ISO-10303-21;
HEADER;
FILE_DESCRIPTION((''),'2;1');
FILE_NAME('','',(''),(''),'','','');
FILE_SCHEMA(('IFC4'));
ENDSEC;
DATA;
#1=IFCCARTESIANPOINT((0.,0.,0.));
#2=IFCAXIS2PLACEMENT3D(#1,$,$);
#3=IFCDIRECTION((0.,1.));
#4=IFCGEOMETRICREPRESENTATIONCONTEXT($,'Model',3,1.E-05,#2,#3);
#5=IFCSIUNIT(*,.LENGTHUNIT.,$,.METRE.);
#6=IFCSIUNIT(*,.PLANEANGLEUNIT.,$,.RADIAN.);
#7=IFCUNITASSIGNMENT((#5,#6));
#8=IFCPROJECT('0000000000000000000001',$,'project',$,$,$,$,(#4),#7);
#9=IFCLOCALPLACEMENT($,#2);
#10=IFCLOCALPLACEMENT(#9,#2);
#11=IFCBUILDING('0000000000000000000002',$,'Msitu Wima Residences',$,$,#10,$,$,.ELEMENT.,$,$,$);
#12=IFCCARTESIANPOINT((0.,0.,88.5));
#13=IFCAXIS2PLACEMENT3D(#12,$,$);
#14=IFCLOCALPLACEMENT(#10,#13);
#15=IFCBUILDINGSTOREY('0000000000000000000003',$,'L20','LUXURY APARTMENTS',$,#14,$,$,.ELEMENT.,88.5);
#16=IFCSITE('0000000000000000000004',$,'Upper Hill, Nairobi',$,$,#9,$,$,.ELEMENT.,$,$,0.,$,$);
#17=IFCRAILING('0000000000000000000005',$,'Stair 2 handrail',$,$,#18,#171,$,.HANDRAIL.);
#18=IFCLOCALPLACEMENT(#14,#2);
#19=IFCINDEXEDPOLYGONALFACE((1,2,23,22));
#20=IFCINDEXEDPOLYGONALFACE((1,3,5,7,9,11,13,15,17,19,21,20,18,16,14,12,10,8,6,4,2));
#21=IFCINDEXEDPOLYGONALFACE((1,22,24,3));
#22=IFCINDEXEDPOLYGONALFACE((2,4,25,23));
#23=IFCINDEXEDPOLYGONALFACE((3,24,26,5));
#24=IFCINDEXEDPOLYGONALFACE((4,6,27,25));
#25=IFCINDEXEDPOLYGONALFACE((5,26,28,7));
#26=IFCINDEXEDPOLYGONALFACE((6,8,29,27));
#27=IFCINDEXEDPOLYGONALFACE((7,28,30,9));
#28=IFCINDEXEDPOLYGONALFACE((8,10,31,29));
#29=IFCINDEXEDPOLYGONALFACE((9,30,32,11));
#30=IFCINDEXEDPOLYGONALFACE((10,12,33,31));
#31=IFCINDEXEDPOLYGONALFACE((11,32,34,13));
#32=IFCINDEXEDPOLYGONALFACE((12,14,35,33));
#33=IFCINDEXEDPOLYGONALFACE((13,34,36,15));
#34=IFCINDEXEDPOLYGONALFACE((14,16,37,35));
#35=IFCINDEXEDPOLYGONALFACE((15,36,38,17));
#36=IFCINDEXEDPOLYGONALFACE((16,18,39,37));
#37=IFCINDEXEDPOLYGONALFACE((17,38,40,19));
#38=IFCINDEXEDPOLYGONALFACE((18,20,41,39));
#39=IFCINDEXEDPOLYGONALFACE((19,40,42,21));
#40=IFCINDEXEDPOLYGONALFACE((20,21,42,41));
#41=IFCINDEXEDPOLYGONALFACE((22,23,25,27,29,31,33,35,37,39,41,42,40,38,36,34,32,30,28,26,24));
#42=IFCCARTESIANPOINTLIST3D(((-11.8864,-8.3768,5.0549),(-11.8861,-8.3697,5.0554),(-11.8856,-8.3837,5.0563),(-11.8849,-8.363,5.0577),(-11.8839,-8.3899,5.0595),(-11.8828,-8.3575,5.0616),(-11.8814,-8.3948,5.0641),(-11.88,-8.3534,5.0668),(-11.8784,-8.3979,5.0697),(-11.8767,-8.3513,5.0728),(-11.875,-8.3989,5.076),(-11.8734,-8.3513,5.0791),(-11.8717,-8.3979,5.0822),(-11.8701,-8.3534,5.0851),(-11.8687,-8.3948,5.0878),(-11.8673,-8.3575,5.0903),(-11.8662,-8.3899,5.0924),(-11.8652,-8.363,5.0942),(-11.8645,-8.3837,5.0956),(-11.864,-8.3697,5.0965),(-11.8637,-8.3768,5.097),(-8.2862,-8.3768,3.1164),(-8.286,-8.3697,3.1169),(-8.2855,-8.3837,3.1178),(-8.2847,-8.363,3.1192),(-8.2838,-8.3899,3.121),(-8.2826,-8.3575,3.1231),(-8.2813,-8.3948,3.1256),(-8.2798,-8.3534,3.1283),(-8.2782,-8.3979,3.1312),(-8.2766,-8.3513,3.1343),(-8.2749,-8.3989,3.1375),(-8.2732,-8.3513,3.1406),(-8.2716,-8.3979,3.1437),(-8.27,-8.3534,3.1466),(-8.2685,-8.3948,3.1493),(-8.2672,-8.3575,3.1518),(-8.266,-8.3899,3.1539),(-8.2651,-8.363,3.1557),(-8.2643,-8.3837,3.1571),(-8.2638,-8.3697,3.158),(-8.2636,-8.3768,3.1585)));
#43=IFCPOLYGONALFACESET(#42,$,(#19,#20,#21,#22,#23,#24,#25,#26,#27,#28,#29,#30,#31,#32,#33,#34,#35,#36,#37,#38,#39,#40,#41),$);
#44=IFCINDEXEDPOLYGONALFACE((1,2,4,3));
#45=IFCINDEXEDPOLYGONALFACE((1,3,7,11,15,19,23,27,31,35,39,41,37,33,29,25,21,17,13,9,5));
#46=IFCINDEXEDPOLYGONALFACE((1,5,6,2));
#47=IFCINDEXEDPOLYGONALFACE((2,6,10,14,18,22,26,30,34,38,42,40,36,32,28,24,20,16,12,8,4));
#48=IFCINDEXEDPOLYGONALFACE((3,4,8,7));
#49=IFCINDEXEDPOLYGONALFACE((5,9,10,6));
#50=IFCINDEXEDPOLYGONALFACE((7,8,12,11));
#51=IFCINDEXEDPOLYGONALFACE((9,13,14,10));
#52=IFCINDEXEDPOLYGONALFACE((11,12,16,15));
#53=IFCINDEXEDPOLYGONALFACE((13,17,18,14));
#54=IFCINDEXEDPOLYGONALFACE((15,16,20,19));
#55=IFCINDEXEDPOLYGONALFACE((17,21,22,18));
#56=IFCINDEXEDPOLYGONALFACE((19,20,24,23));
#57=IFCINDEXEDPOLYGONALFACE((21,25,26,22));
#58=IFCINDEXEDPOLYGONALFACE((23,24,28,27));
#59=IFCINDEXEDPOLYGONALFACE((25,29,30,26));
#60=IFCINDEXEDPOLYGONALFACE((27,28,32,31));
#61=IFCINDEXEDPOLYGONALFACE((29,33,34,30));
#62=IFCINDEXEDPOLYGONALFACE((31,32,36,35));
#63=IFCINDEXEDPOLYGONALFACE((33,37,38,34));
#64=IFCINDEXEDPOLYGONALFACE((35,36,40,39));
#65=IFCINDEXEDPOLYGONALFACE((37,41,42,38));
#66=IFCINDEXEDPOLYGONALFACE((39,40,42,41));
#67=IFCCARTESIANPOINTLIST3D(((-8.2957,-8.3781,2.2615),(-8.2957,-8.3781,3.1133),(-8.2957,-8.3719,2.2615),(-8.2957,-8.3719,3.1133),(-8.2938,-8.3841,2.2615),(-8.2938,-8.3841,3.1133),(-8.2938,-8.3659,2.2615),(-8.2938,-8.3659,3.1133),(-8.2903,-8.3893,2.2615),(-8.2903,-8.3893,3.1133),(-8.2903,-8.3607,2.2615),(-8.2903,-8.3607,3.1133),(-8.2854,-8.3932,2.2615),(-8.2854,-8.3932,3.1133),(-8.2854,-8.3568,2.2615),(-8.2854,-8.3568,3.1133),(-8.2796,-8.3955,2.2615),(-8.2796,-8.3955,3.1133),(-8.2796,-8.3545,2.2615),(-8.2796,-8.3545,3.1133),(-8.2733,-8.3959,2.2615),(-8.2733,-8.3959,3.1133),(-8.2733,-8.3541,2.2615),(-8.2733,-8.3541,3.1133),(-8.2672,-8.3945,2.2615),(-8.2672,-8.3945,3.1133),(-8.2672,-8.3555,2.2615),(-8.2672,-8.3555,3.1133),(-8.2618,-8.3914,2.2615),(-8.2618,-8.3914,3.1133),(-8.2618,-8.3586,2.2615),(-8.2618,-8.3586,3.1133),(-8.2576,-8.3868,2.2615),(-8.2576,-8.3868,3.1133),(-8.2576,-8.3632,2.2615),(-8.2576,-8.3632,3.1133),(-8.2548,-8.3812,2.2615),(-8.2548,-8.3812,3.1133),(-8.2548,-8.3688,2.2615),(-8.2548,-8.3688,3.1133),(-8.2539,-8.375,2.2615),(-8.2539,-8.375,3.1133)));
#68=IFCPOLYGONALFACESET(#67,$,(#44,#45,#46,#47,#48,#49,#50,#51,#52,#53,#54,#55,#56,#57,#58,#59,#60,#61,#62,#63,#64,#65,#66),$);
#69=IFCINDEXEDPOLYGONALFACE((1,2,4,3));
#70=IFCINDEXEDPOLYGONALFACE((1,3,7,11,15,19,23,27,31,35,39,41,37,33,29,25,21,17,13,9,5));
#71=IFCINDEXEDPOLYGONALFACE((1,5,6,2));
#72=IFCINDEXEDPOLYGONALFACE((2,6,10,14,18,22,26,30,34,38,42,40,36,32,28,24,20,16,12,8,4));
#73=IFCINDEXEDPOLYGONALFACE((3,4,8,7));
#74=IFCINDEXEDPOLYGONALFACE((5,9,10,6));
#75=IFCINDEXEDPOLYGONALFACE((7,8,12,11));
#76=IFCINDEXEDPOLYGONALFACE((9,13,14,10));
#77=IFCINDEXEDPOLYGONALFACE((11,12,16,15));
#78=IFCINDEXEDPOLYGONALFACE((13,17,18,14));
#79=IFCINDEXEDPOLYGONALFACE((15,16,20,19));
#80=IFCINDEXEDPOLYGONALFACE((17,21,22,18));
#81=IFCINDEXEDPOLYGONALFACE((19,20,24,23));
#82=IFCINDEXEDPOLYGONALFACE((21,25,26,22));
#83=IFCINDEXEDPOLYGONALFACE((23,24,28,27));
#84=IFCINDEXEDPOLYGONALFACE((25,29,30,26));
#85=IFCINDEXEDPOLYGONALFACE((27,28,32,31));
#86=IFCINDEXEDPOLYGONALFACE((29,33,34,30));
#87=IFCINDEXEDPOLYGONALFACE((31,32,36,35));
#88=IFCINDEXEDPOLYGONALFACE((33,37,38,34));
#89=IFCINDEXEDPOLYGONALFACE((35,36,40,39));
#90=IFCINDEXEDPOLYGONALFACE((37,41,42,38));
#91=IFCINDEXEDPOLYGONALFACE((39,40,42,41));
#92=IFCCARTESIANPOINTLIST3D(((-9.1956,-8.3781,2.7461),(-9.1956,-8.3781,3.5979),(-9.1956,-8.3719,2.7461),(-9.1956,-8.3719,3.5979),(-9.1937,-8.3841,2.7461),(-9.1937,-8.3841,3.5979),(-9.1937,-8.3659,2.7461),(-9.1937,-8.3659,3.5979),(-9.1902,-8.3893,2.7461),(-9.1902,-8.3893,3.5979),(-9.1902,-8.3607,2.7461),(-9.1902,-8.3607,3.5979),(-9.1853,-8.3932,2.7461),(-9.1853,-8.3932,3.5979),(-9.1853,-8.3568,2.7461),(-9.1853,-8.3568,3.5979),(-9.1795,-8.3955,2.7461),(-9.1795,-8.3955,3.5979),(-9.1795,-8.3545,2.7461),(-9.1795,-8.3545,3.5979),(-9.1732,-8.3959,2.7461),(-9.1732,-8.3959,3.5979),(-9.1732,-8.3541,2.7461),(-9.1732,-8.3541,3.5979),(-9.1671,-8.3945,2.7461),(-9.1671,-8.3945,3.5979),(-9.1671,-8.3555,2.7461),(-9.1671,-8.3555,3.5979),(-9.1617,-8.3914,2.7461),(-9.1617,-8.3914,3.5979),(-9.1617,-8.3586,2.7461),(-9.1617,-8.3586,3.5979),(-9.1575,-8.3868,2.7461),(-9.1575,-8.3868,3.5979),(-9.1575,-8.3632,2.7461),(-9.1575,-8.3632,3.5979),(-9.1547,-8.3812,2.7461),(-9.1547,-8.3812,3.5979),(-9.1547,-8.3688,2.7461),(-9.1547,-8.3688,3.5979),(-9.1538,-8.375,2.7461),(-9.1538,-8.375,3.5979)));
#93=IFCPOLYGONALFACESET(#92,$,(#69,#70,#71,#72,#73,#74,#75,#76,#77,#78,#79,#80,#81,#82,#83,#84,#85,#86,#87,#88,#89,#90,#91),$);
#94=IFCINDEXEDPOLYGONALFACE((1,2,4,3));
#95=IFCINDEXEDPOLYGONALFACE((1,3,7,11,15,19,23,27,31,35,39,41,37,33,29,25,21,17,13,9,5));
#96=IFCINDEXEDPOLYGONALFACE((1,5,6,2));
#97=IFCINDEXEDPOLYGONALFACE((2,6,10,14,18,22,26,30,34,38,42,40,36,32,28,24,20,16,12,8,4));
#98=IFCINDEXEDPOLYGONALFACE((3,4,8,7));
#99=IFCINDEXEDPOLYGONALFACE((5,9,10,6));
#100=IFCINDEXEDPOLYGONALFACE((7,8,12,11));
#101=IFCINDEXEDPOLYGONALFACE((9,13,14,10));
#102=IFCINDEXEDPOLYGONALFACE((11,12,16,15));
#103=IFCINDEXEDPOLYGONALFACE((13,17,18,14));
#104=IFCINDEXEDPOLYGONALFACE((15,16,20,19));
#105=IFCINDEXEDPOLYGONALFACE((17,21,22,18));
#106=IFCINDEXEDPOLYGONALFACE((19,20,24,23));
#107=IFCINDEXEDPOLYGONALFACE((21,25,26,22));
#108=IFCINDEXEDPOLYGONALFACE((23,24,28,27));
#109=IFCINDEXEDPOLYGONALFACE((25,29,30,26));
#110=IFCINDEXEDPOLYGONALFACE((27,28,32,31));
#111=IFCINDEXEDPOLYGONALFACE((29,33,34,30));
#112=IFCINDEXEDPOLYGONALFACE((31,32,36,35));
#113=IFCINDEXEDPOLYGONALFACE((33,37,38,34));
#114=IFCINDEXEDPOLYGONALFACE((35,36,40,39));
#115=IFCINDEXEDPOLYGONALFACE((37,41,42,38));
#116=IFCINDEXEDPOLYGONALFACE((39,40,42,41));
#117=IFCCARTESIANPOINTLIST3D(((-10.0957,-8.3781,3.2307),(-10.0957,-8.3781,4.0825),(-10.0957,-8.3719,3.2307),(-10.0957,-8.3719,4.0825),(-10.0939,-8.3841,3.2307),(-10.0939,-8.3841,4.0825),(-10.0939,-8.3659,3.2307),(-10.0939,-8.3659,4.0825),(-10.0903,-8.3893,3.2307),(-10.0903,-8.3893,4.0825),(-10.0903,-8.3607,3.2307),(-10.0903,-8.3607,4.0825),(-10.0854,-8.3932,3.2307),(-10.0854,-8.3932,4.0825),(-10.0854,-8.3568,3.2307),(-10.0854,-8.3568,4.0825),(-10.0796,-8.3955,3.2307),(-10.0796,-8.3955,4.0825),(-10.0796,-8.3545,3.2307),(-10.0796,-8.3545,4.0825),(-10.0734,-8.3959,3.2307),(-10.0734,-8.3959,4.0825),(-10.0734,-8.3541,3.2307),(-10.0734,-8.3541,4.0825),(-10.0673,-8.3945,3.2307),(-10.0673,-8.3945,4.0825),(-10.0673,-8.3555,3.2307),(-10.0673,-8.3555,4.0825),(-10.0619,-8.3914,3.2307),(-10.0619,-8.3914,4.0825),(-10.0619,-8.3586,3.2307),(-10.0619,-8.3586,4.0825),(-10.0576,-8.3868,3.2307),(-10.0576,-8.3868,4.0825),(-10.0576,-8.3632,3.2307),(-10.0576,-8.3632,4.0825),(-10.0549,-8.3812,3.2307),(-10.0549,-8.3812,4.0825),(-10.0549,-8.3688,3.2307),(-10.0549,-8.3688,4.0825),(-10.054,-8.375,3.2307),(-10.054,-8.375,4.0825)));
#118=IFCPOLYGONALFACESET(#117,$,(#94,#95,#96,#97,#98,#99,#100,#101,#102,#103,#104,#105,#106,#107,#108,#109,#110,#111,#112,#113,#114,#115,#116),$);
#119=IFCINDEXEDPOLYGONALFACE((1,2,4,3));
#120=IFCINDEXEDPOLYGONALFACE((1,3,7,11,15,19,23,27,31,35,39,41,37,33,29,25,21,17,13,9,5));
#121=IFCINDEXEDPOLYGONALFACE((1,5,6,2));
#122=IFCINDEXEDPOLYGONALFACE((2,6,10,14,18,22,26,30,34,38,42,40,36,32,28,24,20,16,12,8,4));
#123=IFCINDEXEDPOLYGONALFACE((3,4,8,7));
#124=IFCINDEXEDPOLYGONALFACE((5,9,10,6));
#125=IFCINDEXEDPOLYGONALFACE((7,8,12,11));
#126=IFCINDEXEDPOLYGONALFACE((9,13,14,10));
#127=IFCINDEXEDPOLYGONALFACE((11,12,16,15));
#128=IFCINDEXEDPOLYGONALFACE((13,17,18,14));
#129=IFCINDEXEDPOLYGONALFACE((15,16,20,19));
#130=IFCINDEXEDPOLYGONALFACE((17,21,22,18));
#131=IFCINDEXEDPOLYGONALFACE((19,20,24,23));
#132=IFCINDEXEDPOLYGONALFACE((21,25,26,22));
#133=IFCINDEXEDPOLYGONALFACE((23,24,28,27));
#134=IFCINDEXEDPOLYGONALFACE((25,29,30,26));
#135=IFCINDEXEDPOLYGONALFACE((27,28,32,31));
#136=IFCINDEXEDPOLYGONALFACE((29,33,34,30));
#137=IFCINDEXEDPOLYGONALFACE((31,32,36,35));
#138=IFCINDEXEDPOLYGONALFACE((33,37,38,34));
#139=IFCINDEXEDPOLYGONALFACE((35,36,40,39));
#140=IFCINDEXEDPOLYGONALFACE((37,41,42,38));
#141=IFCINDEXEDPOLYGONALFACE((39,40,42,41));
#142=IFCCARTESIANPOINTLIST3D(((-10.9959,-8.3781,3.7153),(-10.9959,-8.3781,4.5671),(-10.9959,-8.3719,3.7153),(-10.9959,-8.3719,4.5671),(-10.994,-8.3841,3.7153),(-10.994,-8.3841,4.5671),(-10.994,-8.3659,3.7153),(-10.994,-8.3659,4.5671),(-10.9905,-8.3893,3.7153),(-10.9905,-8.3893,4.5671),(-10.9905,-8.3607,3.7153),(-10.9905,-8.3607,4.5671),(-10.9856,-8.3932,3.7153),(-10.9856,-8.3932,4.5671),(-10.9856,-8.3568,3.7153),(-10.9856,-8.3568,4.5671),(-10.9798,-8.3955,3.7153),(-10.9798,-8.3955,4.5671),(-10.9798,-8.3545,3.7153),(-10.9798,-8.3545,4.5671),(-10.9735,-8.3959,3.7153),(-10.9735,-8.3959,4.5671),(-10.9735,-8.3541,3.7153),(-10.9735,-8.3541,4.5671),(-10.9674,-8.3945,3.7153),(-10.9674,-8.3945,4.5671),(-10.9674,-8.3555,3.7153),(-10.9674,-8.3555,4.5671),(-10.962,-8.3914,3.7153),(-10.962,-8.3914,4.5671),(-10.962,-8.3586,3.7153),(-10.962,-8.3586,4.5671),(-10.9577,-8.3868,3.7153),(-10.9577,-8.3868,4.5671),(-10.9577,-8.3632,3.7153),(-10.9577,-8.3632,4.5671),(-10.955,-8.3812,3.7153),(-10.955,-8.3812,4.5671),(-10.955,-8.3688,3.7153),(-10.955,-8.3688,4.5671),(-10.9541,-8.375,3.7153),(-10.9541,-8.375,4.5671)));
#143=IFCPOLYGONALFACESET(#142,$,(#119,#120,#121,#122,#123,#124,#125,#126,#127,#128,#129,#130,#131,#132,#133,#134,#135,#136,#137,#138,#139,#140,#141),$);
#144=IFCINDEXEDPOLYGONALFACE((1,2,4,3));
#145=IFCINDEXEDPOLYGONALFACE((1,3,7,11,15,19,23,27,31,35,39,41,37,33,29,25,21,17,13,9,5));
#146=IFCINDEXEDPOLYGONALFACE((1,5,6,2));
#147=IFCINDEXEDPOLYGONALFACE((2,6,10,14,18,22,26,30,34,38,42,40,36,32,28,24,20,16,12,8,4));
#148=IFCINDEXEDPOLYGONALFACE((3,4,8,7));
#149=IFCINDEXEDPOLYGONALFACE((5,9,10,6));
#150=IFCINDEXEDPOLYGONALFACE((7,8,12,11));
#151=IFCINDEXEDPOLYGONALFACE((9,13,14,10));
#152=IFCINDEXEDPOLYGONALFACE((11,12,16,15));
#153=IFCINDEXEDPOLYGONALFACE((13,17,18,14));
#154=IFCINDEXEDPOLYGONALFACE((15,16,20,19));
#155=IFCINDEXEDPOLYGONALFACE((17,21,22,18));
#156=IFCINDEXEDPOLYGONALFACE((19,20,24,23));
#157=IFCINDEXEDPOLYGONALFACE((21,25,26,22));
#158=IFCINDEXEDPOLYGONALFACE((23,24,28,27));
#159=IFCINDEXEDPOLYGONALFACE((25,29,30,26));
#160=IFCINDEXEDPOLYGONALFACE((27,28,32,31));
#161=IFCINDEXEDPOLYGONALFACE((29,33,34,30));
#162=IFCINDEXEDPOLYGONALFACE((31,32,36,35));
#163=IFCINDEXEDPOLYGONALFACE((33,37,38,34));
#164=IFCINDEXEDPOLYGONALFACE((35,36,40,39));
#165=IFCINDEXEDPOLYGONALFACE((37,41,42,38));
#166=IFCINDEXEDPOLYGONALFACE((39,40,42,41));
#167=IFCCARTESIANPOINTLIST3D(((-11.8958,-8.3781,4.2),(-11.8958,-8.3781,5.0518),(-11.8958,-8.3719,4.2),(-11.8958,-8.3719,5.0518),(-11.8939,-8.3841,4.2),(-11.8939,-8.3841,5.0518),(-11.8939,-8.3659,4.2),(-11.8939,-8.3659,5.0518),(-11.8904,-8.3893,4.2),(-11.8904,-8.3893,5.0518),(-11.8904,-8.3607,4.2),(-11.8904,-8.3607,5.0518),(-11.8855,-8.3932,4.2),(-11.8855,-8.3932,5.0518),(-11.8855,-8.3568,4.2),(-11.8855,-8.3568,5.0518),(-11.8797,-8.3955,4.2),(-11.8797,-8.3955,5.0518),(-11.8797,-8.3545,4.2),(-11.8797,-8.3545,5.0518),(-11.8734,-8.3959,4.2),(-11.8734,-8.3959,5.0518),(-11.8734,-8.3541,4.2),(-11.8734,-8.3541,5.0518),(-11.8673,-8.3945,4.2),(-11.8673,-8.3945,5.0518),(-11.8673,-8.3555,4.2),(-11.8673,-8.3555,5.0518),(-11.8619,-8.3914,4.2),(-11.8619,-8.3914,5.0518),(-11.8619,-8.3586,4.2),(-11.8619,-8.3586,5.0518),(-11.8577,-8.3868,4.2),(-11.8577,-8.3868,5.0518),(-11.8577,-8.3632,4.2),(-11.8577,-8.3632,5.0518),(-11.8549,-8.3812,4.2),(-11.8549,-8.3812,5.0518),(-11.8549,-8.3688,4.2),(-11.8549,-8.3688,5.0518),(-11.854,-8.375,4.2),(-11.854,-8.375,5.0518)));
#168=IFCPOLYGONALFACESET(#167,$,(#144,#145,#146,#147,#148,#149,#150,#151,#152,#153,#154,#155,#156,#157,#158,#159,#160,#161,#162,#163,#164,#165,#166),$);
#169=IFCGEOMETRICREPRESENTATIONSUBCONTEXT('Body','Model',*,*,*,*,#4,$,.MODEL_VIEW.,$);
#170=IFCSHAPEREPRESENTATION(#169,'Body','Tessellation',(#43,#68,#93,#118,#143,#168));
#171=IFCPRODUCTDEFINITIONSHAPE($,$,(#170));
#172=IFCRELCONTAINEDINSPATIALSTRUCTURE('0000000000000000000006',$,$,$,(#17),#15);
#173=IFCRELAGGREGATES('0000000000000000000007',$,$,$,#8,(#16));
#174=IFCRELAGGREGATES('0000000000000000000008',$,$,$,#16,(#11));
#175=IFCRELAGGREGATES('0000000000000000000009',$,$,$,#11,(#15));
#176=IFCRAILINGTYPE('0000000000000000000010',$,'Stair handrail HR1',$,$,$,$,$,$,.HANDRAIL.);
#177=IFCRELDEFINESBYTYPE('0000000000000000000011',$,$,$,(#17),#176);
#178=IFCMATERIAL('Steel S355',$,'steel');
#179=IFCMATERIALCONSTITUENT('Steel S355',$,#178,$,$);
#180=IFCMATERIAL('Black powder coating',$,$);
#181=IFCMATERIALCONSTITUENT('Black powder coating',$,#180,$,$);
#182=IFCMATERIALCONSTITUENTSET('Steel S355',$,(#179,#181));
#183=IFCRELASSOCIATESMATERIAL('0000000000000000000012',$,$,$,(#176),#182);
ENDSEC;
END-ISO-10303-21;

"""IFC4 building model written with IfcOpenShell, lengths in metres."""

from ifc_helpers import new_model, si_unit, direction, frame, origin, origin_2d, place, context, subcontext, project, spatial, circle, extrude, material, constituent, constituent_set, type_object, element, save


model = new_model("IFC4")

# Units and contexts
model_context = context("Model", 3, precision=1e-05, world=origin(), true_north=direction((0.0, 1.0)))
body_context = subcontext(model_context, "Body", "Model", "MODEL_VIEW")
ifc_project = project(units=[si_unit("LENGTHUNIT", "METRE"), si_unit("PLANEANGLEUNIT", "RADIAN")], contexts=[model_context])

# Site, building, storey
site_placement = place(None, origin())
site = spatial("IfcSite", under=ifc_project, at=site_placement, Name="Upper Hill, Nairobi", CompositionType="ELEMENT", RefElevation=0.0)
building_placement = place(site_placement, origin())
building = spatial("IfcBuilding", under=site, at=building_placement, Name="Msitu Wima Residences", CompositionType="ELEMENT")
storey_placement = place(building_placement, frame((0.0, 0.0, 88.5)))
storey = spatial("IfcBuildingStorey", under=building, at=storey_placement, Name="L20", Description="LUXURY APARTMENTS", CompositionType="ELEMENT", Elevation=88.5)

# Railing
ifc_material_1 = material(Name="Steel S355", Category="steel")
ifc_constituent_1 = constituent(ifc_material_1, Name="Steel S355")
ifc_material_2 = material(Name="Black powder coating")
ifc_constituent_2 = constituent(ifc_material_2, Name="Black powder coating")
ifc_constituent_set = constituent_set(constituents=[ifc_constituent_1, ifc_constituent_2], Name="Steel S355")
railing_type = type_object("IfcRailingType", Name="Stair handrail HR1", PredefinedType="HANDRAIL", material=ifc_constituent_set)
railing_placement = place(storey_placement, frame((-8.2749, -8.375, 2.2615)))
element("IfcRailing", 1, at=railing_placement, inside=storey, type_object=railing_type, Name="Stair 2 handrail", PredefinedType="HANDRAIL", context=body_context, shape_type="SweptSolid", body=[
    extrude(circle(Radius=0.0239, at=origin_2d()), frame((0.0, 0.0, 0.876), z_axis=(-0.880475, 0.0, 0.474093), x_axis=(0.0, -1.0, 0.0)), (0.0, 0.0, 1.0), 4.0889),
    extrude(circle(Radius=0.021, at=origin_2d()), origin(), (0.0, 0.0, 1.0), 0.8518),
    extrude(circle(Radius=0.021, at=origin_2d()), frame((-0.8999, 0.0, 0.4846)), (0.0, 0.0, 1.0), 0.8518),
    extrude(circle(Radius=0.021, at=origin_2d()), frame((-1.8, 0.0, 0.9692)), (0.0, 0.0, 1.0), 0.8518),
    extrude(circle(Radius=0.021, at=origin_2d()), frame((-2.7002, 0.0, 1.4539)), (0.0, 0.0, 1.0), 0.8518),
    extrude(circle(Radius=0.021, at=origin_2d()), frame((-3.6001, 0.0, 1.9385)), (0.0, 0.0, 1.0), 0.8518),
])

save(model, "model.ifc")
